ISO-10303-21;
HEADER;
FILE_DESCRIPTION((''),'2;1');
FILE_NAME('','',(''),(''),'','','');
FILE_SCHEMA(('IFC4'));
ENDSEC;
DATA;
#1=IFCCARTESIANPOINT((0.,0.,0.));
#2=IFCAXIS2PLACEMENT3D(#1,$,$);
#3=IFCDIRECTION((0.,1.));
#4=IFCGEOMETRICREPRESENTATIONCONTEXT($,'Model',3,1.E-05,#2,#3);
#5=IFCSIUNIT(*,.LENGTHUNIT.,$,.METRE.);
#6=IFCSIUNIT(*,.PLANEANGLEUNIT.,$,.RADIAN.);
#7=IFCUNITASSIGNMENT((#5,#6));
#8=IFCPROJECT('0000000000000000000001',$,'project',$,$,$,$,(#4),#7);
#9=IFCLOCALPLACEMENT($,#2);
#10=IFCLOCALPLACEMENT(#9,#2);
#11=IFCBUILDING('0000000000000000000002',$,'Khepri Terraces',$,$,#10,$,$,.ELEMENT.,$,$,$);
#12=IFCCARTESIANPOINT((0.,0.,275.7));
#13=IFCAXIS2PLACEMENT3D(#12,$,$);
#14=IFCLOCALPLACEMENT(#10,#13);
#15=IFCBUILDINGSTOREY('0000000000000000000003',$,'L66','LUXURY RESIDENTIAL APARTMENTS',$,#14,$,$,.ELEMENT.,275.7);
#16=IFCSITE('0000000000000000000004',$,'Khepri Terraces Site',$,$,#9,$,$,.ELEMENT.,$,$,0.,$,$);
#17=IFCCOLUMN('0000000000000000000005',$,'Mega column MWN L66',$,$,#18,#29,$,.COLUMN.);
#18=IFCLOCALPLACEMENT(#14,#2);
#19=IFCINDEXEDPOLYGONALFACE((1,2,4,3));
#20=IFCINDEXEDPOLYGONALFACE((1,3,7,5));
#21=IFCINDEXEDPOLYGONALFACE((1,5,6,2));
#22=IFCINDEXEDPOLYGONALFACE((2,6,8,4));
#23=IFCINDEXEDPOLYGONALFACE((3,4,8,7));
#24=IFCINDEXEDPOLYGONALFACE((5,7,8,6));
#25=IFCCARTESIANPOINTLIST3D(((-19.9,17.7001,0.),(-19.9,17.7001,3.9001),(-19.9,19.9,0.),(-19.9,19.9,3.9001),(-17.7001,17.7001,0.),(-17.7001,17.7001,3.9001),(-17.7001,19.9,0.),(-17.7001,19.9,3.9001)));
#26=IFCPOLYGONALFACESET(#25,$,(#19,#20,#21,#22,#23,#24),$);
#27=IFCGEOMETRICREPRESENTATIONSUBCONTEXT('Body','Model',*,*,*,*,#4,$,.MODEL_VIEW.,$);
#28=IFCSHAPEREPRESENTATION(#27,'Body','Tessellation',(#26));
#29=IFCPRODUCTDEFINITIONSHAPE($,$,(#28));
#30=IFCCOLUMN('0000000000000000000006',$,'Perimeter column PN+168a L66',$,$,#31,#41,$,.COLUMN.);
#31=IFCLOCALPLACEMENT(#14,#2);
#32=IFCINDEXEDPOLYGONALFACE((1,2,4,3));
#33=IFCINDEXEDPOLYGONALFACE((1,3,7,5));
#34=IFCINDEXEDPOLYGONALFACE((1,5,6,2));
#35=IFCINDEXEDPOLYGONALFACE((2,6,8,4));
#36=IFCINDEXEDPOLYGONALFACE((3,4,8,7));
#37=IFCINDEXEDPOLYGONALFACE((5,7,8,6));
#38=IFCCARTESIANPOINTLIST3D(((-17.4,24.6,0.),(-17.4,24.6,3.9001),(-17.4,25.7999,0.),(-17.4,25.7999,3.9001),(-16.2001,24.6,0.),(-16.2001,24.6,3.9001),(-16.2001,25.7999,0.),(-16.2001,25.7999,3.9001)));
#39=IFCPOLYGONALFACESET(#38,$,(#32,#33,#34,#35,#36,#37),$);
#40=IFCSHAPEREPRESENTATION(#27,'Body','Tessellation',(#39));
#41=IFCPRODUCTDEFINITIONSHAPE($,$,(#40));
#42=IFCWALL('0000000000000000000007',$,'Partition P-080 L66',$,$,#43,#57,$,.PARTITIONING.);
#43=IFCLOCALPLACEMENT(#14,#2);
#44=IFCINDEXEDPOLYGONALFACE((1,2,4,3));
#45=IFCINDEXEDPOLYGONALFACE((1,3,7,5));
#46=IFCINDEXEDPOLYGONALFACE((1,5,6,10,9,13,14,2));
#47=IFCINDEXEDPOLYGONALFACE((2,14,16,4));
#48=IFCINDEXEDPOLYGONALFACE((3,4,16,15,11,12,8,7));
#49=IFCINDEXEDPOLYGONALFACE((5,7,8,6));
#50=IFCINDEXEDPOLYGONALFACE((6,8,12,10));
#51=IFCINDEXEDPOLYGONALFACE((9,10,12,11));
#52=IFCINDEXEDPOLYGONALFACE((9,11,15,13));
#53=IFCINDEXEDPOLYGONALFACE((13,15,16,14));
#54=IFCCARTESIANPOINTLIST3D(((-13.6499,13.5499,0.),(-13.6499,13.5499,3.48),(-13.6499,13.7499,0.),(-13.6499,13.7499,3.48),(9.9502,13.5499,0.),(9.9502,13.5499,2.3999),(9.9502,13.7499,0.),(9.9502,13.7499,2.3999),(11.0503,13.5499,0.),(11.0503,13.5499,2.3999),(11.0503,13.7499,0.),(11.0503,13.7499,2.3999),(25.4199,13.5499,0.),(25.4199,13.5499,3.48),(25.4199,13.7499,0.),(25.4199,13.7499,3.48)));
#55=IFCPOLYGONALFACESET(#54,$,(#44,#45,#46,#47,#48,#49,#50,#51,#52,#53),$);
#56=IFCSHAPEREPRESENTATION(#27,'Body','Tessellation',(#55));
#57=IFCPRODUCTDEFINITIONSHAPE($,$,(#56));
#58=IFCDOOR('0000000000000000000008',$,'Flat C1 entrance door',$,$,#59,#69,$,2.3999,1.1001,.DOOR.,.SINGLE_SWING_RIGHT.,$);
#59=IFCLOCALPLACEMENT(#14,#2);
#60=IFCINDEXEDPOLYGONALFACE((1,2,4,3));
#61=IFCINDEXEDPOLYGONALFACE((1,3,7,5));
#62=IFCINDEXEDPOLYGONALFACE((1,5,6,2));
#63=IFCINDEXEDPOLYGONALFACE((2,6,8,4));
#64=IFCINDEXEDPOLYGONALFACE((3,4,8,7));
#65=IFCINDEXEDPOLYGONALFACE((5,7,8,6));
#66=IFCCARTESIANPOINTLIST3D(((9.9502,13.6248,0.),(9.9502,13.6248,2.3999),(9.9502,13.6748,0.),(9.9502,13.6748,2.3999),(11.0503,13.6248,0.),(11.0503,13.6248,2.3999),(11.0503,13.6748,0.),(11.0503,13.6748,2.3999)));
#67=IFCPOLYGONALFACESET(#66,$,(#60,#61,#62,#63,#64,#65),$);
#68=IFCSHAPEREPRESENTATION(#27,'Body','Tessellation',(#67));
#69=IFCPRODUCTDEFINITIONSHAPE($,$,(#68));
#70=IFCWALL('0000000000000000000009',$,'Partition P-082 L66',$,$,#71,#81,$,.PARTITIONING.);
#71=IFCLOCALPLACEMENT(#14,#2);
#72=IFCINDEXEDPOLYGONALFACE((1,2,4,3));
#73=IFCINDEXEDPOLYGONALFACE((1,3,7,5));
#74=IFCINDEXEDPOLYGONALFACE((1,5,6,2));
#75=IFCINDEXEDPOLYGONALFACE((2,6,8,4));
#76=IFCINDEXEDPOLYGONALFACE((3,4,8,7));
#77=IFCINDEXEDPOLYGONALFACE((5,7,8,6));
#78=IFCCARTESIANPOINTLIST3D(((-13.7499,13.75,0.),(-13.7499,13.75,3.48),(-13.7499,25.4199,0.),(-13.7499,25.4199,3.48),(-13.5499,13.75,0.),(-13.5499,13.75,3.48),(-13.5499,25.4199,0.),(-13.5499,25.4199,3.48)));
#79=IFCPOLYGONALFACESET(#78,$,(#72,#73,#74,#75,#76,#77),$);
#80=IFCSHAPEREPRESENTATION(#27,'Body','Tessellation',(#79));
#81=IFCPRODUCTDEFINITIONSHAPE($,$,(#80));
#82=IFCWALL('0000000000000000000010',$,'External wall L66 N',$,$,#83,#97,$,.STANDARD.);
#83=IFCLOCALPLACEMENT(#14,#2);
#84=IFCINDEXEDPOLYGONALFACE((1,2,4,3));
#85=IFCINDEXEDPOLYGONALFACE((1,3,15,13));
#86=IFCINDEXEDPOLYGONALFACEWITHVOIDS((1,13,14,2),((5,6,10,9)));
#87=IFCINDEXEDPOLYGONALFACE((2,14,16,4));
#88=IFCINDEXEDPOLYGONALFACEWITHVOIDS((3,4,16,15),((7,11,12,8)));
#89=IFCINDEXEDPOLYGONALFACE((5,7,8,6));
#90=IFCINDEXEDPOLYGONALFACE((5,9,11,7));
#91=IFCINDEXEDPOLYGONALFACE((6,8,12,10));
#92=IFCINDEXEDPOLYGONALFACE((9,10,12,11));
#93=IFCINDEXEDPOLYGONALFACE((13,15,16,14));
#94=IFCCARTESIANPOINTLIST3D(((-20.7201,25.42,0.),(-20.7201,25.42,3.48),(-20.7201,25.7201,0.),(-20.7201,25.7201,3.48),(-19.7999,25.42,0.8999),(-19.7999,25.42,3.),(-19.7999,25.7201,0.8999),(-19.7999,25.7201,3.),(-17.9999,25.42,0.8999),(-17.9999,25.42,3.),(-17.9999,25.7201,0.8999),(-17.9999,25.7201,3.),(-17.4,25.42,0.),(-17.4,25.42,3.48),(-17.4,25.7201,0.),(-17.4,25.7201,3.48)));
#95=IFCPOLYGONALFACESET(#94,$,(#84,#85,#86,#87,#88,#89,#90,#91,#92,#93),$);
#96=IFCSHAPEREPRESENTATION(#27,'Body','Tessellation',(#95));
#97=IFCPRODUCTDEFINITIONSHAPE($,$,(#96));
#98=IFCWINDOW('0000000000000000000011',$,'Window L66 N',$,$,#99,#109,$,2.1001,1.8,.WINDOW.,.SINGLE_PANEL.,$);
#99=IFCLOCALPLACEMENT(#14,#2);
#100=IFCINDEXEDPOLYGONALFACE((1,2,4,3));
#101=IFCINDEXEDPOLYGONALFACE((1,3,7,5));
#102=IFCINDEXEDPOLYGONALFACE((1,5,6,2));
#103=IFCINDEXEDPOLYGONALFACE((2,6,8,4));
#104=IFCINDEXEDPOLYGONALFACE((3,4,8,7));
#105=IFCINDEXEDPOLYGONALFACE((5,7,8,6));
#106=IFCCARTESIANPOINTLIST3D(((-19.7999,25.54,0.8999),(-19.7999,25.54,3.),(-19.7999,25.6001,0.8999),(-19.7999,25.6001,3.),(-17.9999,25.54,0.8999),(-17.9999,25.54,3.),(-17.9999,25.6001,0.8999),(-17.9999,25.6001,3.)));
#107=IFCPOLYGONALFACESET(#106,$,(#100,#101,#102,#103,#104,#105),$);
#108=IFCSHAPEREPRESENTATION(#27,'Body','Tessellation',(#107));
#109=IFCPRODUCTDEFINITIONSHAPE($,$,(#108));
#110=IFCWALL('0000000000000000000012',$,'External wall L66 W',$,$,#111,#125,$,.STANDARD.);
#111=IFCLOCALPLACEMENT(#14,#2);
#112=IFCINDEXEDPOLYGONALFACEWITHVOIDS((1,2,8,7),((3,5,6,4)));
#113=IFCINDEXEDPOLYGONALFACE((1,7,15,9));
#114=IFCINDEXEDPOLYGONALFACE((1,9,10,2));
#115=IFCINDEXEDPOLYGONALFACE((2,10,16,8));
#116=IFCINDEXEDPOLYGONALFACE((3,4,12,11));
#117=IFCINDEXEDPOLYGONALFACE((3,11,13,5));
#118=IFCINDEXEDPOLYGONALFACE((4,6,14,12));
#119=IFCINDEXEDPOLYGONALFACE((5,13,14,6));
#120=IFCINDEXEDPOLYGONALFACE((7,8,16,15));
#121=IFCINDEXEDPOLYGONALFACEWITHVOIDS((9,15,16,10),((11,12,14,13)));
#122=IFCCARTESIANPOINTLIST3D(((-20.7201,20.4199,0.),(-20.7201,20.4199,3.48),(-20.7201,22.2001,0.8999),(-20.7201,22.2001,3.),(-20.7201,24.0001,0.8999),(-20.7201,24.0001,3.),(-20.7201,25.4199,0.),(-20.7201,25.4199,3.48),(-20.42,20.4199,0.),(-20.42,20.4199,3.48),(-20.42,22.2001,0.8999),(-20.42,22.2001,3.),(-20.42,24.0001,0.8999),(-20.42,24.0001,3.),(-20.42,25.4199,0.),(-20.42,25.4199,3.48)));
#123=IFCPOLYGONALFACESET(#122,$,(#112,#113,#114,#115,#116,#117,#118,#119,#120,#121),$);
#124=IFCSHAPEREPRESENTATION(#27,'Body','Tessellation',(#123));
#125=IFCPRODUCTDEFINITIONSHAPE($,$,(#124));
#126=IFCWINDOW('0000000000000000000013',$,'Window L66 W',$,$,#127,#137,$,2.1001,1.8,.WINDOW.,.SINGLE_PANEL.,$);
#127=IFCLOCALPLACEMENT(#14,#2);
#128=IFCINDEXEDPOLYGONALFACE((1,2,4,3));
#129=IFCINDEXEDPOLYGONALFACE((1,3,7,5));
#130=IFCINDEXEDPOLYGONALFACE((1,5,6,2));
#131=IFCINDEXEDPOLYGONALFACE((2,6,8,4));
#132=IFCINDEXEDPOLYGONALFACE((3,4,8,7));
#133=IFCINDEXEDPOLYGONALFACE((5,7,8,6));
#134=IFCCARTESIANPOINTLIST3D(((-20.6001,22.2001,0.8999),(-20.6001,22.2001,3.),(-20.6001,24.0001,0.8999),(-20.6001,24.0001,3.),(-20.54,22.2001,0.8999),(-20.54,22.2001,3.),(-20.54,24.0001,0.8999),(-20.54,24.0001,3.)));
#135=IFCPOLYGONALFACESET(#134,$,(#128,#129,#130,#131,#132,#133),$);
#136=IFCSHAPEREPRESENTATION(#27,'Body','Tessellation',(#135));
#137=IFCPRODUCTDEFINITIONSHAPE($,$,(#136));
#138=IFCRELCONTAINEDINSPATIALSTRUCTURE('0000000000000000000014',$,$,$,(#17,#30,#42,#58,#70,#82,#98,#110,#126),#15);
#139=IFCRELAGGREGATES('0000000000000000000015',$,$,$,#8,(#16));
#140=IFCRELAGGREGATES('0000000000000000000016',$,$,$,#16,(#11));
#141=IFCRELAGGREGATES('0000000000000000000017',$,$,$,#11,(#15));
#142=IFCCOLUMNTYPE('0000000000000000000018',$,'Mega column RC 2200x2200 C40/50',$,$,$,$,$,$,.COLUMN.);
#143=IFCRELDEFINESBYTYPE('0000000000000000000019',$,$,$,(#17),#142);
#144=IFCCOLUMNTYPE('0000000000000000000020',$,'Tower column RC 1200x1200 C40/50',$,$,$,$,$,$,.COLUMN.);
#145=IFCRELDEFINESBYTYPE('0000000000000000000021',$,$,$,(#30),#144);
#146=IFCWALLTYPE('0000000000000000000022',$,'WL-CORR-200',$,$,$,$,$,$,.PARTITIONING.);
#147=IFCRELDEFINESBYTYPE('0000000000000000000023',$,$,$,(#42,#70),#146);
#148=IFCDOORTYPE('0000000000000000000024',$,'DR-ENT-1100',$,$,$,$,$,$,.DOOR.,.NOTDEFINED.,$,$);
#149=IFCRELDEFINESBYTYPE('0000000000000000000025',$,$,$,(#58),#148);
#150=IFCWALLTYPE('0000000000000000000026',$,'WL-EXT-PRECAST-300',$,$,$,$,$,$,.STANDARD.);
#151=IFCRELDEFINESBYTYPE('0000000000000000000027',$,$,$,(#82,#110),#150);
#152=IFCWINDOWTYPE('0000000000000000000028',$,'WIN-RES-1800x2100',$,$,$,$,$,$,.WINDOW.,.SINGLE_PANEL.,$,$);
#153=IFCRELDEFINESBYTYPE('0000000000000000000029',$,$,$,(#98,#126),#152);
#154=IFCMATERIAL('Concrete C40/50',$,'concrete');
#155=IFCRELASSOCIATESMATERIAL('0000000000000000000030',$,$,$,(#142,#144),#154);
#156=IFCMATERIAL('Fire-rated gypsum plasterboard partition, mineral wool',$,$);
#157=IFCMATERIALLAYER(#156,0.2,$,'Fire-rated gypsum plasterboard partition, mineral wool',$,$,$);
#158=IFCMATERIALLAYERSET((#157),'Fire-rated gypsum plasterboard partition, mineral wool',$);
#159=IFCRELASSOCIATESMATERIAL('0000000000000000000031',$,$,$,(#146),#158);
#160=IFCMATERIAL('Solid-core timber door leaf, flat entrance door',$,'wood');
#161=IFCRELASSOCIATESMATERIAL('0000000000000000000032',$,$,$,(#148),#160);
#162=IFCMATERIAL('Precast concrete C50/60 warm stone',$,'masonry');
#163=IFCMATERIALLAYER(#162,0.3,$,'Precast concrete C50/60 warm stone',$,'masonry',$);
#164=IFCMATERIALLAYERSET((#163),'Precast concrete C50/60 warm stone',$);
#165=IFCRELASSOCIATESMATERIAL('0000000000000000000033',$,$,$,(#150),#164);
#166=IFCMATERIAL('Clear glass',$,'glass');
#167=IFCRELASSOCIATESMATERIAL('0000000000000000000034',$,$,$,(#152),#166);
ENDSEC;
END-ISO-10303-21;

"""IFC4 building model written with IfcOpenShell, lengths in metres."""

from ifc_helpers import new_model, si_unit, direction, frame, frame_2d, origin, origin_2d, place, context, subcontext, project, spatial, rectangle, extrude, material, layer, layer_set, material_profile, profile_set, type_object, element, fill, save


model = new_model("IFC4")

# Units and contexts
model_context = context("Model", 3, precision=1e-05, world=origin(), true_north=direction((0.0, 1.0)))
body_context = subcontext(model_context, "Body", "Model", "MODEL_VIEW")
ifc_project = project(units=[si_unit("LENGTHUNIT", "METRE"), si_unit("PLANEANGLEUNIT", "RADIAN")], contexts=[model_context])

# Site, building, storey
site_placement = place(None, origin())
site = spatial("IfcSite", under=ifc_project, at=site_placement, Name="Khepri Terraces Site", CompositionType="ELEMENT", RefElevation=0.0)
building_placement = place(site_placement, origin())
building = spatial("IfcBuilding", under=site, at=building_placement, Name="Khepri Terraces", CompositionType="ELEMENT")
storey_placement = place(building_placement, frame((0.0, 0.0, 275.7)))
storey = spatial("IfcBuildingStorey", under=building, at=storey_placement, Name="L66", Description="LUXURY RESIDENTIAL APARTMENTS", CompositionType="ELEMENT", Elevation=275.7)

# Columns
ifc_material_1 = material(Name="Concrete C40/50", Category="concrete")
ifc_material_profile_1 = material_profile(ifc_material_1, rectangle(XDim=2.2, YDim=2.2, at=origin_2d()), Name="Concrete C40/50", Category="concrete")
ifc_profile_set_1 = profile_set([ifc_material_profile_1], Name="Concrete C40/50")
column_type_1 = type_object("IfcColumnType", Name="Mega column RC 2200x2200 C40/50", PredefinedType="COLUMN", material=ifc_profile_set_1)
column_1_placement = place(storey_placement, frame((-18.8, 18.8, 0.0), z_axis=(0.0, 0.0, 1.0), x_axis=(1.0, 0.0, 0.0)))
element("IfcColumn", 1, at=column_1_placement, inside=storey, type_object=column_type_1, Name="Mega column MWN L66", PredefinedType="COLUMN", context=body_context, shape_type="SweptSolid", body=[
    extrude(rectangle(XDim=2.2, YDim=2.2, at=origin_2d()), origin(), (0.0, 0.0, 1.0), 3.9001),
])
ifc_material_profile_2 = material_profile(ifc_material_1, rectangle(XDim=1.2, YDim=1.2, at=origin_2d()), Name="Concrete C40/50", Category="concrete")
ifc_profile_set_2 = profile_set([ifc_material_profile_2], Name="Concrete C40/50")
column_type_2 = type_object("IfcColumnType", Name="Tower column RC 1200x1200 C40/50", PredefinedType="COLUMN", material=ifc_profile_set_2)
column_2_placement = place(storey_placement, frame((-16.8, 25.2, 0.0), z_axis=(0.0, 0.0, 1.0), x_axis=(1.0, 0.0, 0.0)))
element("IfcColumn", 2, at=column_2_placement, inside=storey, type_object=column_type_2, Name="Perimeter column PN+168a L66", PredefinedType="COLUMN", context=body_context, shape_type="SweptSolid", body=[
    extrude(rectangle(XDim=1.2, YDim=1.2, at=origin_2d()), origin(), (0.0, 0.0, 1.0), 3.9001),
])

# Wall, opening, door
ifc_material_2 = material(Name="Fire-rated gypsum plasterboard partition, mineral wool")
ifc_layer_1 = layer(ifc_material_2, 0.2, Name="Fire-rated gypsum plasterboard partition, mineral wool")
ifc_layer_set_1 = layer_set([ifc_layer_1], Name="Fire-rated gypsum plasterboard partition, mineral wool")
wall_type_1 = type_object("IfcWallType", Name="WL-CORR-200", PredefinedType="PARTITIONING", material=ifc_layer_set_1)
wall_1_placement = place(storey_placement, frame((-13.6499, 13.6499, 0.0), z_axis=(0.0, 0.0, 1.0), x_axis=(1.0, 0.0, 0.0)))
wall_1 = element("IfcWall", 3, at=wall_1_placement, inside=storey, type_object=wall_type_1, Name="Partition P-080 L66", PredefinedType="PARTITIONING", context=body_context, shape_type="SweptSolid", body=[
    extrude(rectangle(XDim=39.0698, YDim=0.2, at=frame_2d((19.5349, 0.0))), origin(), (0.0, 0.0, 1.0), 3.48),
])
opening_1_placement = place(wall_1_placement, frame((23.6001, 0.0, 0.0)))
opening_1 = element("IfcOpeningElement", 4, at=opening_1_placement, cuts=wall_1, PredefinedType="OPENING", context=body_context, shape_type="SweptSolid", body=[
    extrude(rectangle(XDim=1.1001, YDim=2.3999, at=frame_2d((0.55, 1.2))), frame((0.0, 0.1099, 0.0), z_axis=(0.0, -1.0, 0.0), x_axis=(1.0, 0.0, 0.0)), (0.0, 0.0, 1.0), 0.22),
])
ifc_material_3 = material(Name="Solid-core timber door leaf, flat entrance door", Category="wood")
door_type_1 = type_object("IfcDoorType", Name="DR-ENT-1100", OperationType="NOTDEFINED", PredefinedType="DOOR", material=ifc_material_3)
door_1_placement = place(opening_1_placement, origin())
door_1 = element("IfcDoor", 5, at=door_1_placement, inside=storey, type_object=door_type_1, Name="Flat C1 entrance door", OperationType="SINGLE_SWING_RIGHT", OverallHeight=2.3999, OverallWidth=1.1001, PredefinedType="DOOR", context=body_context, shape_type="SweptSolid", body=[
    extrude(rectangle(XDim=1.1001, YDim=2.3999, at=frame_2d((0.55, 1.2))), frame((0.0, 0.0249, 0.0), z_axis=(0.0, -1.0, 0.0), x_axis=(1.0, 0.0, 0.0)), (0.0, 0.0, 1.0), 0.05),
])
fill(opening_1, door_1)

# Wall
wall_2_placement = place(storey_placement, frame((-13.6499, 13.75, 0.0), z_axis=(0.0, 0.0, 1.0), x_axis=(0.0, 1.0, 0.0)))
element("IfcWall", 6, at=wall_2_placement, inside=storey, type_object=wall_type_1, Name="Partition P-082 L66", PredefinedType="PARTITIONING", context=body_context, shape_type="SweptSolid", body=[
    extrude(rectangle(XDim=11.6699, YDim=0.2, at=frame_2d((5.835, 0.0))), origin(), (0.0, 0.0, 1.0), 3.48),
])

# Walls, openings, windows
ifc_material_4 = material(Name="Precast concrete C50/60 warm stone", Category="masonry")
ifc_layer_2 = layer(ifc_material_4, 0.3, Name="Precast concrete C50/60 warm stone", Category="masonry")
ifc_layer_set_2 = layer_set([ifc_layer_2], Name="Precast concrete C50/60 warm stone")
wall_type_2 = type_object("IfcWallType", Name="WL-EXT-PRECAST-300", PredefinedType="STANDARD", material=ifc_layer_set_2)
wall_3_placement = place(storey_placement, frame((-17.3999, 25.5701, 0.0), z_axis=(0.0, 0.0, 1.0), x_axis=(-1.0, 0.0, 0.0)))
wall_3 = element("IfcWall", 7, at=wall_3_placement, inside=storey, type_object=wall_type_2, Name="External wall L66 N", PredefinedType="STANDARD", context=body_context, shape_type="SweptSolid", body=[
    extrude(rectangle(XDim=3.3201, YDim=0.3, at=frame_2d((1.6602, 0.0))), origin(), (0.0, 0.0, 1.0), 3.48),
])
opening_2_placement = place(wall_3_placement, frame((0.6001, 0.0, 0.8999)))
opening_2 = element("IfcOpeningElement", 8, at=opening_2_placement, cuts=wall_3, PredefinedType="OPENING", context=body_context, shape_type="SweptSolid", body=[
    extrude(rectangle(XDim=1.8, YDim=2.1001, at=frame_2d((0.8999, 1.05))), frame((0.0, 0.1602, 0.0), z_axis=(0.0, -1.0, 0.0), x_axis=(1.0, 0.0, 0.0)), (0.0, 0.0, 1.0), 0.3201),
])
ifc_material_5 = material(Name="Clear glass", Category="glass")
window_type = type_object("IfcWindowType", Name="WIN-RES-1800x2100", PartitioningType="SINGLE_PANEL", PredefinedType="WINDOW", material=ifc_material_5)
window_1_placement = place(opening_2_placement, origin())
window_1 = element("IfcWindow", 9, at=window_1_placement, inside=storey, type_object=window_type, Name="Window L66 N", OverallHeight=2.1001, OverallWidth=1.8, PartitioningType="SINGLE_PANEL", PredefinedType="WINDOW", context=body_context, shape_type="SweptSolid", body=[
    extrude(rectangle(XDim=1.8, YDim=2.1001, at=frame_2d((0.8999, 1.05))), frame((0.0, 0.03, 0.0), z_axis=(0.0, -1.0, 0.0), x_axis=(1.0, 0.0, 0.0)), (0.0, 0.0, 1.0), 0.0601),
])
fill(opening_2, window_1)
wall_4_placement = place(storey_placement, frame((-20.5701, 25.4199, 0.0), z_axis=(0.0, 0.0, 1.0), x_axis=(0.0, -1.0, 0.0)))
wall_4 = element("IfcWall", 10, at=wall_4_placement, inside=storey, type_object=wall_type_2, Name="External wall L66 W", PredefinedType="STANDARD", context=body_context, shape_type="SweptSolid", body=[
    extrude(rectangle(XDim=5.0, YDim=0.3, at=frame_2d((2.5, 0.0))), origin(), (0.0, 0.0, 1.0), 3.48),
])
opening_3_placement = place(wall_4_placement, frame((1.4199, 0.0, 0.8999)))
opening_3 = element("IfcOpeningElement", 11, at=opening_3_placement, cuts=wall_4, PredefinedType="OPENING", context=body_context, shape_type="SweptSolid", body=[
    extrude(rectangle(XDim=1.8, YDim=2.1001, at=frame_2d((0.8999, 1.05))), frame((0.0, 0.1602, 0.0), z_axis=(0.0, -1.0, 0.0), x_axis=(1.0, 0.0, 0.0)), (0.0, 0.0, 1.0), 0.3201),
])
window_2_placement = place(opening_3_placement, origin())
window_2 = element("IfcWindow", 12, at=window_2_placement, inside=storey, type_object=window_type, Name="Window L66 W", OverallHeight=2.1001, OverallWidth=1.8, PartitioningType="SINGLE_PANEL", PredefinedType="WINDOW", context=body_context, shape_type="SweptSolid", body=[
    extrude(rectangle(XDim=1.8, YDim=2.1001, at=frame_2d((0.8999, 1.05))), frame((0.0, 0.03, 0.0), z_axis=(0.0, -1.0, 0.0), x_axis=(1.0, 0.0, 0.0)), (0.0, 0.0, 1.0), 0.0601),
])
fill(opening_3, window_2)

save(model, "model.ifc")
